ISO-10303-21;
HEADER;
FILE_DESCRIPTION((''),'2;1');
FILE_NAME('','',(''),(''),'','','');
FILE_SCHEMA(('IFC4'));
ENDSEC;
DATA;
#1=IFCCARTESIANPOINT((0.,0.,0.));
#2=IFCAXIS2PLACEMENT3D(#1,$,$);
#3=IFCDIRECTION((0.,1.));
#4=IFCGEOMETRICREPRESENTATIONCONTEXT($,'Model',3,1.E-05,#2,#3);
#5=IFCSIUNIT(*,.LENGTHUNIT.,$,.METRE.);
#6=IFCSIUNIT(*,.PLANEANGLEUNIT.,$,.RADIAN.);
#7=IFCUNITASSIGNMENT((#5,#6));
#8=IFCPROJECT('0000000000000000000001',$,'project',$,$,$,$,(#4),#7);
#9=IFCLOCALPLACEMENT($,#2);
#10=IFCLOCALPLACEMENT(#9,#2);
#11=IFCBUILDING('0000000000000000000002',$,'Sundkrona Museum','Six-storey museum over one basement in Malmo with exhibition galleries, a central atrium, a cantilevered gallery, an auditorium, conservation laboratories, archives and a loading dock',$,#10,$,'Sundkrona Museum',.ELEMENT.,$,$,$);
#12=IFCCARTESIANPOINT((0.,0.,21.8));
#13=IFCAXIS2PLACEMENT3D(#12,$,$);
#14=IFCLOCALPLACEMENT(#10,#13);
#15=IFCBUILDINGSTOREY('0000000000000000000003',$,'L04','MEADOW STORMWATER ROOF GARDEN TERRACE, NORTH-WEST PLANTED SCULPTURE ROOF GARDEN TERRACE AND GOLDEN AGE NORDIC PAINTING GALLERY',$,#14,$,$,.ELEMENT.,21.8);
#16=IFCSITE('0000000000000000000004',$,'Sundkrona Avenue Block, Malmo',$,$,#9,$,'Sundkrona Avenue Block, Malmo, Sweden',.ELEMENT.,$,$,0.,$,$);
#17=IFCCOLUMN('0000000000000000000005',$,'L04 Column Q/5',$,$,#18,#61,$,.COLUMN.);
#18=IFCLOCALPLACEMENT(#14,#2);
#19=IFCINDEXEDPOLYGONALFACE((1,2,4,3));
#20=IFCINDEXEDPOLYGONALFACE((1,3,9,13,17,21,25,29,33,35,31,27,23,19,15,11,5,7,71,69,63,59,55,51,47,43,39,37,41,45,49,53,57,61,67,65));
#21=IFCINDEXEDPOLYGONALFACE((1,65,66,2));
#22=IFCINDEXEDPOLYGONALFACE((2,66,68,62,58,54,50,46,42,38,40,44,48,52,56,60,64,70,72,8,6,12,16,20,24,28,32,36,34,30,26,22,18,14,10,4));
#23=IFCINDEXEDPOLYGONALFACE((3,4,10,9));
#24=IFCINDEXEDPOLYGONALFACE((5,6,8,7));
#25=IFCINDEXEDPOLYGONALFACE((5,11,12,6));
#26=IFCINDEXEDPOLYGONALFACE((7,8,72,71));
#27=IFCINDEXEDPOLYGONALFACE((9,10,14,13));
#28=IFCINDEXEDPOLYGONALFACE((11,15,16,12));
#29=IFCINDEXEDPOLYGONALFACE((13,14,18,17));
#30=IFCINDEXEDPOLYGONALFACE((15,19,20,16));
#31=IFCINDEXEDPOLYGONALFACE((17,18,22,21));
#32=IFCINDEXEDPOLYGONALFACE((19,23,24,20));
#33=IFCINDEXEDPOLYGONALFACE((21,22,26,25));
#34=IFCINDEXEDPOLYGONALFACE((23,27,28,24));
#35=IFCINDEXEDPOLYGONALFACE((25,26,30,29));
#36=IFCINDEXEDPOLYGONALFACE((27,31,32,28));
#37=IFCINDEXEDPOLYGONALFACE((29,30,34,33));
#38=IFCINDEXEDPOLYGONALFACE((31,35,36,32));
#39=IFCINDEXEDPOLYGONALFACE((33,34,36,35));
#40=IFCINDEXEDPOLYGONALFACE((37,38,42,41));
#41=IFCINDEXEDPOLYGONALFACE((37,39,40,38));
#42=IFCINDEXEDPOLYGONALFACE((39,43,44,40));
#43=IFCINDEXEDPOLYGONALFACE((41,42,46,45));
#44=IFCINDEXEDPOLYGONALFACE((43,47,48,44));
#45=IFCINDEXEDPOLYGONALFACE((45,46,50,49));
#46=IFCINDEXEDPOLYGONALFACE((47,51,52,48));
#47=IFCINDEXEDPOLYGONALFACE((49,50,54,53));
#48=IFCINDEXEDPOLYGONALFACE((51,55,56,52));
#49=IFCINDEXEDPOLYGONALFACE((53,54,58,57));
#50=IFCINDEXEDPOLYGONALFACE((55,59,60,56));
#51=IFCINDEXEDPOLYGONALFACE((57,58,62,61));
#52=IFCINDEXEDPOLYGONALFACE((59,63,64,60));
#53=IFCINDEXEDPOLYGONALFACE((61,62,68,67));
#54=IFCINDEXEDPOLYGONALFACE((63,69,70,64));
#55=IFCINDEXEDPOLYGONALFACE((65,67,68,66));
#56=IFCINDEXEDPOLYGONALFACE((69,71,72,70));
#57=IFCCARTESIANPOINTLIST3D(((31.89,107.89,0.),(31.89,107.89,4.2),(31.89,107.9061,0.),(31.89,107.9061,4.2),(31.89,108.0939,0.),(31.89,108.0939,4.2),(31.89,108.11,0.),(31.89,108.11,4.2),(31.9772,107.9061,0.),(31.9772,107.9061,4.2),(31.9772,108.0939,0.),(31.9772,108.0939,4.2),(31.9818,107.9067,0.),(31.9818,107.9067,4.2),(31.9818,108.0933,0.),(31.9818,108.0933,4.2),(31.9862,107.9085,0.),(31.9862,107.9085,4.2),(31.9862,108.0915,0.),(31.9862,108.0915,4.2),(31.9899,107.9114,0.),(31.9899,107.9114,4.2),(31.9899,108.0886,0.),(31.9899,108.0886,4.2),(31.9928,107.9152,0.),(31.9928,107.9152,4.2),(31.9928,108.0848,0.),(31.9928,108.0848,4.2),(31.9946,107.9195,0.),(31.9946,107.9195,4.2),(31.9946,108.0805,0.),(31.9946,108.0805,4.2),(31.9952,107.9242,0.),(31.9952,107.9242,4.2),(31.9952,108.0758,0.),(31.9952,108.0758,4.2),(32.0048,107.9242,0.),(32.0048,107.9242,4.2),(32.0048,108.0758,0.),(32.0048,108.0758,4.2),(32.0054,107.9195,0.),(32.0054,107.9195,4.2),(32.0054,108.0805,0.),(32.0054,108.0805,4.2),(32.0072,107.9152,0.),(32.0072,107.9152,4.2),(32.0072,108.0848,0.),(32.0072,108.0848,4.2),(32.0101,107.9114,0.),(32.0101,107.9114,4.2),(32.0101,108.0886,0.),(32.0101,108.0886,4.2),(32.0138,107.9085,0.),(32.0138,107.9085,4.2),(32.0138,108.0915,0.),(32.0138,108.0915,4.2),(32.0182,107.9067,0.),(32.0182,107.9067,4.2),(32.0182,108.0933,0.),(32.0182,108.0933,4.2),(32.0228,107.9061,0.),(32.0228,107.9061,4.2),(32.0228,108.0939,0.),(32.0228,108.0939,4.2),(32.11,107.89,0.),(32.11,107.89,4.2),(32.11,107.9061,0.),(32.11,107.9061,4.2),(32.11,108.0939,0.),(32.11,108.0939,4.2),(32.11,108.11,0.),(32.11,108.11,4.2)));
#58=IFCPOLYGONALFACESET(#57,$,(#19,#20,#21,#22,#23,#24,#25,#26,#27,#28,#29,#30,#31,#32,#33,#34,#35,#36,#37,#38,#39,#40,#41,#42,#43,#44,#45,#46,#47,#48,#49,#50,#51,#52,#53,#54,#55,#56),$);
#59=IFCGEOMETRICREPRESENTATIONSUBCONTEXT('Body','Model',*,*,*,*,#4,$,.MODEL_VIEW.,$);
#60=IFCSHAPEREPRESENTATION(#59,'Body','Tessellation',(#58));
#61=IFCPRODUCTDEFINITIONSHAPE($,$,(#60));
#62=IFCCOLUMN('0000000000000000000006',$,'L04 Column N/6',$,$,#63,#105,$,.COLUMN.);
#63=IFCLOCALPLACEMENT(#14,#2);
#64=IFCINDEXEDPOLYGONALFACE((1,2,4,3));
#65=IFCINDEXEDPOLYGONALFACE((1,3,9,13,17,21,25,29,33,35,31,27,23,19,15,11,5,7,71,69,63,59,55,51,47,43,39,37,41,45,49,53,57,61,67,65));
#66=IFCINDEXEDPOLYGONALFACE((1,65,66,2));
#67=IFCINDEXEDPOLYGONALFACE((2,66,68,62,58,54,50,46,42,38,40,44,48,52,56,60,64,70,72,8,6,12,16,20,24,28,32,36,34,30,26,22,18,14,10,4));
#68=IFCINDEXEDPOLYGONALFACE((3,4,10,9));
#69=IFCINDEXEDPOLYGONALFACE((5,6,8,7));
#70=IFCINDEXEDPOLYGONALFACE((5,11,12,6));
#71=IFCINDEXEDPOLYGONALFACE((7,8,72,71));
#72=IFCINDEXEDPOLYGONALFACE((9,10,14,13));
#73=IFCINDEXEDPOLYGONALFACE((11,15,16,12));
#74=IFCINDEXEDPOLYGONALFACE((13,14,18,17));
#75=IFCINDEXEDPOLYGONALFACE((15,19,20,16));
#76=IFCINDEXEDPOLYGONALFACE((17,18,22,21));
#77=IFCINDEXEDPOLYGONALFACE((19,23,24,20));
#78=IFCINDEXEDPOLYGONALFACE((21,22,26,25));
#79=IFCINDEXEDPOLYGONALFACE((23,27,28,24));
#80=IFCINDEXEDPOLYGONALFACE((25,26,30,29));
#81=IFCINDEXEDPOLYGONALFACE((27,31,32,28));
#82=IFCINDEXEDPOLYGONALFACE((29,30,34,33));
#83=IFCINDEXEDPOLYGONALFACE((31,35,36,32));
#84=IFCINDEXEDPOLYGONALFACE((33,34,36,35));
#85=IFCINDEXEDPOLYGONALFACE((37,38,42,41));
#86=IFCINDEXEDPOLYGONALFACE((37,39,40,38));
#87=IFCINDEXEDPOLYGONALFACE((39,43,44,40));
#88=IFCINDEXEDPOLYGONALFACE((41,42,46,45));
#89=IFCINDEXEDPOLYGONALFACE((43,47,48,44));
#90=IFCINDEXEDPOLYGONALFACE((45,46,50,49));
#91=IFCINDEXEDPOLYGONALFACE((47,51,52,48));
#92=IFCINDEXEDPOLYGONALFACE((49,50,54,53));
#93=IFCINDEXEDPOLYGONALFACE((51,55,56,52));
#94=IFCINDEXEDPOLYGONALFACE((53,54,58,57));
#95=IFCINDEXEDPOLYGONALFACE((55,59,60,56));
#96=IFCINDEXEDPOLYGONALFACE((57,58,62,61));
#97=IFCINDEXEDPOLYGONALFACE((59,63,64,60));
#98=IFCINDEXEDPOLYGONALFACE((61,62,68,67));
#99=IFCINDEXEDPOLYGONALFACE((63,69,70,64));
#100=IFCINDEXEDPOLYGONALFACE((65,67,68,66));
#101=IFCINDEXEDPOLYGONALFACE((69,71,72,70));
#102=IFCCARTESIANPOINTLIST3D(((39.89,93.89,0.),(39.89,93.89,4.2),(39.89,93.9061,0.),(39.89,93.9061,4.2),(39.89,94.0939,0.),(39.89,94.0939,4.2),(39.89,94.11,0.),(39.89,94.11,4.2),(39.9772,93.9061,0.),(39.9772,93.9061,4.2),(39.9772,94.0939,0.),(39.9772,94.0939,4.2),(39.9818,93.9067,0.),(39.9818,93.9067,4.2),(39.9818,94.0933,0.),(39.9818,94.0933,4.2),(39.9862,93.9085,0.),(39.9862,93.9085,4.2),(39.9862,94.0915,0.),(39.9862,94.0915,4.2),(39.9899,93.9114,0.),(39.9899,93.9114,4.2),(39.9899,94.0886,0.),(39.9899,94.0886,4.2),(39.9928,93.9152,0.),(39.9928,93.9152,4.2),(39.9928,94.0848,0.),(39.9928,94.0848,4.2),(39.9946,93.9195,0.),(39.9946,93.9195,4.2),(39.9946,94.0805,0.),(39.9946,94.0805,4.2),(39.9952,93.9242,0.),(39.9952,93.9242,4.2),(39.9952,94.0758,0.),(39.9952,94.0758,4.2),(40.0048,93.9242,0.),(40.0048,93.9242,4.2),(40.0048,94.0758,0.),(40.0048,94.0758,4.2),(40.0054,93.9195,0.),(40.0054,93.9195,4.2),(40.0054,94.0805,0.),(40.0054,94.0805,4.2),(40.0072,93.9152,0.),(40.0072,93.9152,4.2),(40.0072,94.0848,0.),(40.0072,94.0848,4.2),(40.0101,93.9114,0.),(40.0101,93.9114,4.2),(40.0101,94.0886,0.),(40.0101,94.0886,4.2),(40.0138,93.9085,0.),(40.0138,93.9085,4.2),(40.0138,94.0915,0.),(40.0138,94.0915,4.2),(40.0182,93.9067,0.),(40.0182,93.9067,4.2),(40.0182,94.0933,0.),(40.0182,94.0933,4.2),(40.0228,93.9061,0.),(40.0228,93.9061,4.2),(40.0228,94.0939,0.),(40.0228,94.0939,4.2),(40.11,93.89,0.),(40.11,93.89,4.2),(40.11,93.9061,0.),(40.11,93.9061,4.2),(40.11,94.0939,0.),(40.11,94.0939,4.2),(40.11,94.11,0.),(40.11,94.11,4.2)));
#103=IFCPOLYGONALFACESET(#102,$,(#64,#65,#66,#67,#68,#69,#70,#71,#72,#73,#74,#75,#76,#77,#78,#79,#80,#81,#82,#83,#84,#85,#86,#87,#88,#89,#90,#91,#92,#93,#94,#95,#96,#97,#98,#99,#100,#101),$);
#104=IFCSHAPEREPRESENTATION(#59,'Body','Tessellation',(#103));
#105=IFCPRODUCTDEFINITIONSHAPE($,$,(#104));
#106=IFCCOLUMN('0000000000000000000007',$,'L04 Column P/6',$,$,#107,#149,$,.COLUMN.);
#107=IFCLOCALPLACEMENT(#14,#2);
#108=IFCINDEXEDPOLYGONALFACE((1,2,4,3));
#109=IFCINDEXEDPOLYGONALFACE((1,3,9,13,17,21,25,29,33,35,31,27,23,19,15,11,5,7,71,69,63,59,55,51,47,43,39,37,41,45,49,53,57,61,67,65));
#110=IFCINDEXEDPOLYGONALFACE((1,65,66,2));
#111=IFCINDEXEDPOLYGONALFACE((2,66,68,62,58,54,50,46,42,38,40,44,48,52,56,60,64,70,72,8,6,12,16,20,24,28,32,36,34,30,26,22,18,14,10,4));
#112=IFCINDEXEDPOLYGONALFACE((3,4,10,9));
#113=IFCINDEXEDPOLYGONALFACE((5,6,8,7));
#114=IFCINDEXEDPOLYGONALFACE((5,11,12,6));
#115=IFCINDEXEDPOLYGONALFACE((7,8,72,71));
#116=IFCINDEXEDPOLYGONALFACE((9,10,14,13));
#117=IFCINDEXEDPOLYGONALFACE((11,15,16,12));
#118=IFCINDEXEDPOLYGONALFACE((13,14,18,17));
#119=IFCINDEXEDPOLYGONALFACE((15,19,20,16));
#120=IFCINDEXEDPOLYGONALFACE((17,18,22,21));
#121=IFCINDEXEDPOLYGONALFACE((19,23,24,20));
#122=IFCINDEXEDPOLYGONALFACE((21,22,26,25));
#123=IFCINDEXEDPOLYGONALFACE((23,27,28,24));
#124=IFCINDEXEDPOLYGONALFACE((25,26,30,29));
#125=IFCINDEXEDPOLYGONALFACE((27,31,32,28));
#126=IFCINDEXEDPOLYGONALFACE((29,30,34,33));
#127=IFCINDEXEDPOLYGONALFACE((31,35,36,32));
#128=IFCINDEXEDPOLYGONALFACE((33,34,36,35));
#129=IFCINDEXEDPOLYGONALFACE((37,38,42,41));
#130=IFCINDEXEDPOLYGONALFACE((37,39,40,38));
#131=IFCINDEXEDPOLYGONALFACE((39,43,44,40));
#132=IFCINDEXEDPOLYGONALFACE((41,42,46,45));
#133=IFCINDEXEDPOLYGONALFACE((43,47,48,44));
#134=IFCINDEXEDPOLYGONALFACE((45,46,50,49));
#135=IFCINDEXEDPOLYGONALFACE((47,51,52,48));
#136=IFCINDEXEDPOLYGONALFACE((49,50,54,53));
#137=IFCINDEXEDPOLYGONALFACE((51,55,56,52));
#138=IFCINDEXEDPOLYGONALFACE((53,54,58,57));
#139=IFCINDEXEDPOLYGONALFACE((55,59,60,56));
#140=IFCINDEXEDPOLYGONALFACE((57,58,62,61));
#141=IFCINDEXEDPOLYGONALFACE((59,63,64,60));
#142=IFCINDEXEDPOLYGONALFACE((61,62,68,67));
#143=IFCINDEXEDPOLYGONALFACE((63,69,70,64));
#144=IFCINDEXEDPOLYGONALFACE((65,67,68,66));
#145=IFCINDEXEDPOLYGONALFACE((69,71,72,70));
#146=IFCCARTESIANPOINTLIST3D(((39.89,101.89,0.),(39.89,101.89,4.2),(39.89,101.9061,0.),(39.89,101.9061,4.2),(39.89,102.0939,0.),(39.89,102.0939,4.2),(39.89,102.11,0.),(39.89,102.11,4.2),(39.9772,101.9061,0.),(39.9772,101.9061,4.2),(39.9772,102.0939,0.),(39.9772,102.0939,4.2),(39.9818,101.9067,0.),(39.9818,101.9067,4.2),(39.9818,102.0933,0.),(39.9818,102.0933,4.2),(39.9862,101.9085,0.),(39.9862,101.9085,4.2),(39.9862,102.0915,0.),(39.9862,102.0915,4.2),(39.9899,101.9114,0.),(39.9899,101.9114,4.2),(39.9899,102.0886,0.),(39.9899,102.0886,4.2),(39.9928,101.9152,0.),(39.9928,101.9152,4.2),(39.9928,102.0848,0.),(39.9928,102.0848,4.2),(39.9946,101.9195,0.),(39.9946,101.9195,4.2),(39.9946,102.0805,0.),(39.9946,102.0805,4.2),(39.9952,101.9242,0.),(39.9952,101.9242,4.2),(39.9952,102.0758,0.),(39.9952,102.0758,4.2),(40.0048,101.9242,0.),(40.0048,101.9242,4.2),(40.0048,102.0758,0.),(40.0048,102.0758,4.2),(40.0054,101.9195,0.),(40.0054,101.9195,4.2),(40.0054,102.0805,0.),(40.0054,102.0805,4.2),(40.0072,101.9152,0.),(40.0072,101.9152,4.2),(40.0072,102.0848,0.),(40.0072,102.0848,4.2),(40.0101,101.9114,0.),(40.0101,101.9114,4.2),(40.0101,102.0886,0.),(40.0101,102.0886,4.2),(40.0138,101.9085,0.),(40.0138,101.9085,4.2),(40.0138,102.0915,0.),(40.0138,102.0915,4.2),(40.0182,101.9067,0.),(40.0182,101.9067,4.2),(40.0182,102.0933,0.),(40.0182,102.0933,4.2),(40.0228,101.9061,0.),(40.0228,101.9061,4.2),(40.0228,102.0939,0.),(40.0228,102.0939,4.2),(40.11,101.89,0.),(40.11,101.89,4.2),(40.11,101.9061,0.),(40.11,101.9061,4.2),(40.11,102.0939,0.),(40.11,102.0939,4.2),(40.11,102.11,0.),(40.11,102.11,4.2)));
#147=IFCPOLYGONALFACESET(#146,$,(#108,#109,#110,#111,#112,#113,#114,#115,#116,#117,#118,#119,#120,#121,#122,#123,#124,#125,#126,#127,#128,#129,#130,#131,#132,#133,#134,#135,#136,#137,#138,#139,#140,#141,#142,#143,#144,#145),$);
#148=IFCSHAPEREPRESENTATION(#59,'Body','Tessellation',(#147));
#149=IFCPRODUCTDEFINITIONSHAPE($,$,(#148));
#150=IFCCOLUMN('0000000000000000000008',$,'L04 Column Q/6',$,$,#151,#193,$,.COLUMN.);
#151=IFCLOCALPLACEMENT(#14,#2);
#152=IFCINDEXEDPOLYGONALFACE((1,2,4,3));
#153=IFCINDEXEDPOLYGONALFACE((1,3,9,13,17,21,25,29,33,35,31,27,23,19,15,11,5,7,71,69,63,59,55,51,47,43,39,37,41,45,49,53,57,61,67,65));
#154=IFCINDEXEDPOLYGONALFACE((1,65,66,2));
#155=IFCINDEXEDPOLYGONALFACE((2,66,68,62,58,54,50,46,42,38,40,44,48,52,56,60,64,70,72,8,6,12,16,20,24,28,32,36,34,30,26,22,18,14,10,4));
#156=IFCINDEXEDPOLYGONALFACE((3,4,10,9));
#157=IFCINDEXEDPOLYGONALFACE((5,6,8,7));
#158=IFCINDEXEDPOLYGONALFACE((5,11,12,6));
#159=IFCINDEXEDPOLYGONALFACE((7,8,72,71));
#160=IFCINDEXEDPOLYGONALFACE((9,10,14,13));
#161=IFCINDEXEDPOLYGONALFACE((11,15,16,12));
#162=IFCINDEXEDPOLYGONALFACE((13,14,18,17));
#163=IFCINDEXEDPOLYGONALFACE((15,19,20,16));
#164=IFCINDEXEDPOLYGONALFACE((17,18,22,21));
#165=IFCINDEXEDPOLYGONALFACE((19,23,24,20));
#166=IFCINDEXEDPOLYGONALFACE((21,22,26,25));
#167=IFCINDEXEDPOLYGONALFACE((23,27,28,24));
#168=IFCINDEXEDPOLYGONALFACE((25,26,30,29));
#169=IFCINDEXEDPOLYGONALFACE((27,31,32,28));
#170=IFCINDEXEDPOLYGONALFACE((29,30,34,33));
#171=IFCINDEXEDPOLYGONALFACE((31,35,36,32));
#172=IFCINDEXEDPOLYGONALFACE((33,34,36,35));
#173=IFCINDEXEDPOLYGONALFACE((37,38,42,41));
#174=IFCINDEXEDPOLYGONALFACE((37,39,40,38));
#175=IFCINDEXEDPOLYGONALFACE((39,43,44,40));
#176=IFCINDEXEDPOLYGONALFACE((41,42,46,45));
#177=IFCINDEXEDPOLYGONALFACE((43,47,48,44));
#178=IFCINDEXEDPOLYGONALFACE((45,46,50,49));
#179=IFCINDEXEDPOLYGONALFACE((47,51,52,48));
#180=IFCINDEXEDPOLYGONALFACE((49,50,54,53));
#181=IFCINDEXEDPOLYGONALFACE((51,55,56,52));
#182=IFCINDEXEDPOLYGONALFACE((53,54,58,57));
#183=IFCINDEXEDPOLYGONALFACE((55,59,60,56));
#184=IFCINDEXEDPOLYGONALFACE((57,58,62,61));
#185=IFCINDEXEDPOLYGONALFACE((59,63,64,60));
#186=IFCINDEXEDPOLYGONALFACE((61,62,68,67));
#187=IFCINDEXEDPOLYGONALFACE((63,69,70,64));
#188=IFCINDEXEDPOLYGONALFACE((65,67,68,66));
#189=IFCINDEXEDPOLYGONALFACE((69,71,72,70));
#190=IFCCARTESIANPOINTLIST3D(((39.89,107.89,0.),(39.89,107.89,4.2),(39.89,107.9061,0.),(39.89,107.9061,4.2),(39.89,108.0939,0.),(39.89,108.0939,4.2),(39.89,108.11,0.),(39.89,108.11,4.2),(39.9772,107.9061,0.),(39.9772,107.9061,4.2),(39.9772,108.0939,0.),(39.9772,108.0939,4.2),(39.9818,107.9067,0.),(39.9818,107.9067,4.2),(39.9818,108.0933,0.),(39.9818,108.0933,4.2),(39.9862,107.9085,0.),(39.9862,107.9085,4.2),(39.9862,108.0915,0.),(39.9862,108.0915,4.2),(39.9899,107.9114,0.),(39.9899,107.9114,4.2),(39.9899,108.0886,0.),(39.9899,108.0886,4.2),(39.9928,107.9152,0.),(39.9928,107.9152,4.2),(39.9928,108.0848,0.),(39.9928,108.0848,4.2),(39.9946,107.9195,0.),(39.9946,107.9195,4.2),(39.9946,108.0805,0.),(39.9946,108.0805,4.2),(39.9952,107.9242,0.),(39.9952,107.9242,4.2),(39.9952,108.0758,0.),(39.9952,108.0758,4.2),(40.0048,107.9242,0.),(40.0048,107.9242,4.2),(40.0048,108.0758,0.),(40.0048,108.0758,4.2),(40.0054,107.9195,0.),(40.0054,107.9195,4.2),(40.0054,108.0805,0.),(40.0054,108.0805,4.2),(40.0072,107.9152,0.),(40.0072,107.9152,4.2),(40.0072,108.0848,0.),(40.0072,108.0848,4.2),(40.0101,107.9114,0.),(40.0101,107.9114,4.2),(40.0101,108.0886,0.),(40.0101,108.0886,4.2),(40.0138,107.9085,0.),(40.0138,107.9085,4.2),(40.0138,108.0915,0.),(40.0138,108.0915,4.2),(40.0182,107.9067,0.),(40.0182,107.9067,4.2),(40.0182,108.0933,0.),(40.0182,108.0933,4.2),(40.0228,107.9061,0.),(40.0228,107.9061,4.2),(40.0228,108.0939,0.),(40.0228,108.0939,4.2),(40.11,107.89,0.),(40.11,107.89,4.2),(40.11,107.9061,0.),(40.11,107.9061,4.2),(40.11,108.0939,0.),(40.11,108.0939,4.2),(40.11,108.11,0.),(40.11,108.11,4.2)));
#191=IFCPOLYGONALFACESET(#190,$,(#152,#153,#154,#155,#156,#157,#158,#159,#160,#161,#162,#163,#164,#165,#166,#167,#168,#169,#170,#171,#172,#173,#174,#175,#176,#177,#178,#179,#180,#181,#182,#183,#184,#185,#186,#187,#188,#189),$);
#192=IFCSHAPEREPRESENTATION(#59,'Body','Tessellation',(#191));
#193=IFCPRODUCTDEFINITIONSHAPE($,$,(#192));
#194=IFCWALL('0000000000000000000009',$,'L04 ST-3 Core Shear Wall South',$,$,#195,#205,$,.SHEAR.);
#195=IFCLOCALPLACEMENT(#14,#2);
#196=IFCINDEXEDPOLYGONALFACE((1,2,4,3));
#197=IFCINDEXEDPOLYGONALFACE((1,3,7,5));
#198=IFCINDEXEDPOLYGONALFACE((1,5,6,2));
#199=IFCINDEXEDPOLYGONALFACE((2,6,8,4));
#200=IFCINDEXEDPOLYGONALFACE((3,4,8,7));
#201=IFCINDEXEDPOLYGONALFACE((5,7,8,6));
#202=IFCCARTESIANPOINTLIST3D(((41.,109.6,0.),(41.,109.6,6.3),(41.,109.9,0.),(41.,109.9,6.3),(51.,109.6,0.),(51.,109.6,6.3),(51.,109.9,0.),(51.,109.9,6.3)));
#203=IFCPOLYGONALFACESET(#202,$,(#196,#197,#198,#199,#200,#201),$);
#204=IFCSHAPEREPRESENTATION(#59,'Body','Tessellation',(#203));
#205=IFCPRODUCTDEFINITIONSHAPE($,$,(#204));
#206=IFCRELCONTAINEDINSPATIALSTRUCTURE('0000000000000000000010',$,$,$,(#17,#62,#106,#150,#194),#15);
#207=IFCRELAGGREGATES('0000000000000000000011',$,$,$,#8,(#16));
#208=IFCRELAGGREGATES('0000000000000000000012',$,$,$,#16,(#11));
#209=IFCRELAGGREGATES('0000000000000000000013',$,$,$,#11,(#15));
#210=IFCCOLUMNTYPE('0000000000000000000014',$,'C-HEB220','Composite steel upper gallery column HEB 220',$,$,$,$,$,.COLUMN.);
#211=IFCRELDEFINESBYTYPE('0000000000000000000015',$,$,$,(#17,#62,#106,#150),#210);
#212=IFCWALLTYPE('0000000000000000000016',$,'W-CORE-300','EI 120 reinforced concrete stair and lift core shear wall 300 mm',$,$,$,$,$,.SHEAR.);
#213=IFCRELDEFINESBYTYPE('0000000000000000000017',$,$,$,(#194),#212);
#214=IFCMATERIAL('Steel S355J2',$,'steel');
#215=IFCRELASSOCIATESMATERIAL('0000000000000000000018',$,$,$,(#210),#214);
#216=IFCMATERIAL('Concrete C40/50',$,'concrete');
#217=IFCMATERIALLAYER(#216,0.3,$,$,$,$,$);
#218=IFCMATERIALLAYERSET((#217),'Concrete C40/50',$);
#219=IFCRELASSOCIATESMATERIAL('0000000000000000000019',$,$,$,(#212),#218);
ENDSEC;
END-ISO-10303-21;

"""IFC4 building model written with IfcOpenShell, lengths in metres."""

from ifc_helpers import new_model, si_unit, direction, frame, frame_2d, origin, origin_2d, place, context, subcontext, project, spatial, rectangle, i_section, extrude, material, layer, layer_set, material_profile, profile_set, type_object, element, save


model = new_model("IFC4")

# Units and contexts
model_context = context("Model", 3, precision=1e-05, world=origin(), true_north=direction((0.0, 1.0)))
body_context = subcontext(model_context, "Body", "Model", "MODEL_VIEW")
ifc_project = project(units=[si_unit("LENGTHUNIT", "METRE"), si_unit("PLANEANGLEUNIT", "RADIAN")], contexts=[model_context])

# Site, building, storey
site_placement = place(None, origin())
site = spatial("IfcSite", under=ifc_project, at=site_placement, Name="Sundkrona Avenue Block, Malmo", LongName="Sundkrona Avenue Block, Malmo, Sweden", CompositionType="ELEMENT", RefElevation=0.0)
building_placement = place(site_placement, origin())
building = spatial("IfcBuilding", under=site, at=building_placement, Name="Sundkrona Museum", Description="Six-storey museum over one basement in Malmo with exhibition galleries, a central atrium, a cantilevered gallery, an auditorium, conservation laboratories, archives and a loading dock", LongName="Sundkrona Museum", CompositionType="ELEMENT")
storey_placement = place(building_placement, frame((0.0, 0.0, 21.8)))
storey = spatial("IfcBuildingStorey", under=building, at=storey_placement, Name="L04", Description="MEADOW STORMWATER ROOF GARDEN TERRACE, NORTH-WEST PLANTED SCULPTURE ROOF GARDEN TERRACE AND GOLDEN AGE NORDIC PAINTING GALLERY", CompositionType="ELEMENT", Elevation=21.8)

# Columns
ifc_material_1 = material(Name="Steel S355J2", Category="steel")
ifc_material_profile_1 = material_profile(ifc_material_1, i_section(OverallWidth=0.22, OverallDepth=0.22, WebThickness=0.0095, FlangeThickness=0.0161, FilletRadius=0.0181, at=origin_2d()), Name="HEB 220")
ifc_profile_set_1 = profile_set([ifc_material_profile_1], Name="Steel S355J2")
column_type_1 = type_object("IfcColumnType", Name="C-HEB220", Description="Composite steel upper gallery column HEB 220", PredefinedType="COLUMN", material=ifc_profile_set_1)
for number, where, z_axis, x_axis, name in (
    (1, (32.0, 108.0, 0.0), (0.0, 0.0, 1.0), (1.0, 0.0, 0.0), "L04 Column Q/5"),
    (2, (40.0, 94.0, 0.0), (0.0, 0.0, 1.0), (1.0, 0.0, 0.0), "L04 Column N/6"),
    (3, (40.0, 102.0, 0.0), (0.0, 0.0, 1.0), (1.0, 0.0, 0.0), "L04 Column P/6"),
    (4, (40.0, 108.0, 0.0), (0.0, 0.0, 1.0), (1.0, 0.0, 0.0), "L04 Column Q/6"),
):
    element("IfcColumn", number, at=place(storey_placement, frame(where, z_axis=z_axis, x_axis=x_axis)), inside=storey, type_object=column_type_1, Name=name, PredefinedType="COLUMN", context=body_context, shape_type="SweptSolid", body=[
        extrude(i_section(OverallWidth=0.22, OverallDepth=0.22, WebThickness=0.0095, FlangeThickness=0.0161, FilletRadius=0.0181, at=origin_2d()), origin(), (0.0, 0.0, 1.0), 4.2),
    ])

# Wall
ifc_material_2 = material(Name="Concrete C40/50", Category="concrete")
ifc_layer_1 = layer(ifc_material_2, 0.3)
ifc_layer_set_1 = layer_set([ifc_layer_1], Name="Concrete C40/50")
wall_type_1 = type_object("IfcWallType", Name="W-CORE-300", Description="EI 120 reinforced concrete stair and lift core shear wall 300 mm", PredefinedType="SHEAR", material=ifc_layer_set_1)
for number, where, z_axis, x_axis, name in (
    (5, (41.0, 109.75, 0.0), (0.0, 0.0, 1.0), (1.0, 0.0, 0.0), "L04 ST-3 Core Shear Wall South"),
):
    element("IfcWall", number, at=place(storey_placement, frame(where, z_axis=z_axis, x_axis=x_axis)), inside=storey, type_object=wall_type_1, Name=name, PredefinedType="SHEAR", context=body_context, shape_type="SweptSolid", body=[
        extrude(rectangle(XDim=10.0, YDim=0.3, at=frame_2d((5.0, 0.0))), origin(), (0.0, 0.0, 1.0), 6.3),
    ])

save(model, "model.ifc")
